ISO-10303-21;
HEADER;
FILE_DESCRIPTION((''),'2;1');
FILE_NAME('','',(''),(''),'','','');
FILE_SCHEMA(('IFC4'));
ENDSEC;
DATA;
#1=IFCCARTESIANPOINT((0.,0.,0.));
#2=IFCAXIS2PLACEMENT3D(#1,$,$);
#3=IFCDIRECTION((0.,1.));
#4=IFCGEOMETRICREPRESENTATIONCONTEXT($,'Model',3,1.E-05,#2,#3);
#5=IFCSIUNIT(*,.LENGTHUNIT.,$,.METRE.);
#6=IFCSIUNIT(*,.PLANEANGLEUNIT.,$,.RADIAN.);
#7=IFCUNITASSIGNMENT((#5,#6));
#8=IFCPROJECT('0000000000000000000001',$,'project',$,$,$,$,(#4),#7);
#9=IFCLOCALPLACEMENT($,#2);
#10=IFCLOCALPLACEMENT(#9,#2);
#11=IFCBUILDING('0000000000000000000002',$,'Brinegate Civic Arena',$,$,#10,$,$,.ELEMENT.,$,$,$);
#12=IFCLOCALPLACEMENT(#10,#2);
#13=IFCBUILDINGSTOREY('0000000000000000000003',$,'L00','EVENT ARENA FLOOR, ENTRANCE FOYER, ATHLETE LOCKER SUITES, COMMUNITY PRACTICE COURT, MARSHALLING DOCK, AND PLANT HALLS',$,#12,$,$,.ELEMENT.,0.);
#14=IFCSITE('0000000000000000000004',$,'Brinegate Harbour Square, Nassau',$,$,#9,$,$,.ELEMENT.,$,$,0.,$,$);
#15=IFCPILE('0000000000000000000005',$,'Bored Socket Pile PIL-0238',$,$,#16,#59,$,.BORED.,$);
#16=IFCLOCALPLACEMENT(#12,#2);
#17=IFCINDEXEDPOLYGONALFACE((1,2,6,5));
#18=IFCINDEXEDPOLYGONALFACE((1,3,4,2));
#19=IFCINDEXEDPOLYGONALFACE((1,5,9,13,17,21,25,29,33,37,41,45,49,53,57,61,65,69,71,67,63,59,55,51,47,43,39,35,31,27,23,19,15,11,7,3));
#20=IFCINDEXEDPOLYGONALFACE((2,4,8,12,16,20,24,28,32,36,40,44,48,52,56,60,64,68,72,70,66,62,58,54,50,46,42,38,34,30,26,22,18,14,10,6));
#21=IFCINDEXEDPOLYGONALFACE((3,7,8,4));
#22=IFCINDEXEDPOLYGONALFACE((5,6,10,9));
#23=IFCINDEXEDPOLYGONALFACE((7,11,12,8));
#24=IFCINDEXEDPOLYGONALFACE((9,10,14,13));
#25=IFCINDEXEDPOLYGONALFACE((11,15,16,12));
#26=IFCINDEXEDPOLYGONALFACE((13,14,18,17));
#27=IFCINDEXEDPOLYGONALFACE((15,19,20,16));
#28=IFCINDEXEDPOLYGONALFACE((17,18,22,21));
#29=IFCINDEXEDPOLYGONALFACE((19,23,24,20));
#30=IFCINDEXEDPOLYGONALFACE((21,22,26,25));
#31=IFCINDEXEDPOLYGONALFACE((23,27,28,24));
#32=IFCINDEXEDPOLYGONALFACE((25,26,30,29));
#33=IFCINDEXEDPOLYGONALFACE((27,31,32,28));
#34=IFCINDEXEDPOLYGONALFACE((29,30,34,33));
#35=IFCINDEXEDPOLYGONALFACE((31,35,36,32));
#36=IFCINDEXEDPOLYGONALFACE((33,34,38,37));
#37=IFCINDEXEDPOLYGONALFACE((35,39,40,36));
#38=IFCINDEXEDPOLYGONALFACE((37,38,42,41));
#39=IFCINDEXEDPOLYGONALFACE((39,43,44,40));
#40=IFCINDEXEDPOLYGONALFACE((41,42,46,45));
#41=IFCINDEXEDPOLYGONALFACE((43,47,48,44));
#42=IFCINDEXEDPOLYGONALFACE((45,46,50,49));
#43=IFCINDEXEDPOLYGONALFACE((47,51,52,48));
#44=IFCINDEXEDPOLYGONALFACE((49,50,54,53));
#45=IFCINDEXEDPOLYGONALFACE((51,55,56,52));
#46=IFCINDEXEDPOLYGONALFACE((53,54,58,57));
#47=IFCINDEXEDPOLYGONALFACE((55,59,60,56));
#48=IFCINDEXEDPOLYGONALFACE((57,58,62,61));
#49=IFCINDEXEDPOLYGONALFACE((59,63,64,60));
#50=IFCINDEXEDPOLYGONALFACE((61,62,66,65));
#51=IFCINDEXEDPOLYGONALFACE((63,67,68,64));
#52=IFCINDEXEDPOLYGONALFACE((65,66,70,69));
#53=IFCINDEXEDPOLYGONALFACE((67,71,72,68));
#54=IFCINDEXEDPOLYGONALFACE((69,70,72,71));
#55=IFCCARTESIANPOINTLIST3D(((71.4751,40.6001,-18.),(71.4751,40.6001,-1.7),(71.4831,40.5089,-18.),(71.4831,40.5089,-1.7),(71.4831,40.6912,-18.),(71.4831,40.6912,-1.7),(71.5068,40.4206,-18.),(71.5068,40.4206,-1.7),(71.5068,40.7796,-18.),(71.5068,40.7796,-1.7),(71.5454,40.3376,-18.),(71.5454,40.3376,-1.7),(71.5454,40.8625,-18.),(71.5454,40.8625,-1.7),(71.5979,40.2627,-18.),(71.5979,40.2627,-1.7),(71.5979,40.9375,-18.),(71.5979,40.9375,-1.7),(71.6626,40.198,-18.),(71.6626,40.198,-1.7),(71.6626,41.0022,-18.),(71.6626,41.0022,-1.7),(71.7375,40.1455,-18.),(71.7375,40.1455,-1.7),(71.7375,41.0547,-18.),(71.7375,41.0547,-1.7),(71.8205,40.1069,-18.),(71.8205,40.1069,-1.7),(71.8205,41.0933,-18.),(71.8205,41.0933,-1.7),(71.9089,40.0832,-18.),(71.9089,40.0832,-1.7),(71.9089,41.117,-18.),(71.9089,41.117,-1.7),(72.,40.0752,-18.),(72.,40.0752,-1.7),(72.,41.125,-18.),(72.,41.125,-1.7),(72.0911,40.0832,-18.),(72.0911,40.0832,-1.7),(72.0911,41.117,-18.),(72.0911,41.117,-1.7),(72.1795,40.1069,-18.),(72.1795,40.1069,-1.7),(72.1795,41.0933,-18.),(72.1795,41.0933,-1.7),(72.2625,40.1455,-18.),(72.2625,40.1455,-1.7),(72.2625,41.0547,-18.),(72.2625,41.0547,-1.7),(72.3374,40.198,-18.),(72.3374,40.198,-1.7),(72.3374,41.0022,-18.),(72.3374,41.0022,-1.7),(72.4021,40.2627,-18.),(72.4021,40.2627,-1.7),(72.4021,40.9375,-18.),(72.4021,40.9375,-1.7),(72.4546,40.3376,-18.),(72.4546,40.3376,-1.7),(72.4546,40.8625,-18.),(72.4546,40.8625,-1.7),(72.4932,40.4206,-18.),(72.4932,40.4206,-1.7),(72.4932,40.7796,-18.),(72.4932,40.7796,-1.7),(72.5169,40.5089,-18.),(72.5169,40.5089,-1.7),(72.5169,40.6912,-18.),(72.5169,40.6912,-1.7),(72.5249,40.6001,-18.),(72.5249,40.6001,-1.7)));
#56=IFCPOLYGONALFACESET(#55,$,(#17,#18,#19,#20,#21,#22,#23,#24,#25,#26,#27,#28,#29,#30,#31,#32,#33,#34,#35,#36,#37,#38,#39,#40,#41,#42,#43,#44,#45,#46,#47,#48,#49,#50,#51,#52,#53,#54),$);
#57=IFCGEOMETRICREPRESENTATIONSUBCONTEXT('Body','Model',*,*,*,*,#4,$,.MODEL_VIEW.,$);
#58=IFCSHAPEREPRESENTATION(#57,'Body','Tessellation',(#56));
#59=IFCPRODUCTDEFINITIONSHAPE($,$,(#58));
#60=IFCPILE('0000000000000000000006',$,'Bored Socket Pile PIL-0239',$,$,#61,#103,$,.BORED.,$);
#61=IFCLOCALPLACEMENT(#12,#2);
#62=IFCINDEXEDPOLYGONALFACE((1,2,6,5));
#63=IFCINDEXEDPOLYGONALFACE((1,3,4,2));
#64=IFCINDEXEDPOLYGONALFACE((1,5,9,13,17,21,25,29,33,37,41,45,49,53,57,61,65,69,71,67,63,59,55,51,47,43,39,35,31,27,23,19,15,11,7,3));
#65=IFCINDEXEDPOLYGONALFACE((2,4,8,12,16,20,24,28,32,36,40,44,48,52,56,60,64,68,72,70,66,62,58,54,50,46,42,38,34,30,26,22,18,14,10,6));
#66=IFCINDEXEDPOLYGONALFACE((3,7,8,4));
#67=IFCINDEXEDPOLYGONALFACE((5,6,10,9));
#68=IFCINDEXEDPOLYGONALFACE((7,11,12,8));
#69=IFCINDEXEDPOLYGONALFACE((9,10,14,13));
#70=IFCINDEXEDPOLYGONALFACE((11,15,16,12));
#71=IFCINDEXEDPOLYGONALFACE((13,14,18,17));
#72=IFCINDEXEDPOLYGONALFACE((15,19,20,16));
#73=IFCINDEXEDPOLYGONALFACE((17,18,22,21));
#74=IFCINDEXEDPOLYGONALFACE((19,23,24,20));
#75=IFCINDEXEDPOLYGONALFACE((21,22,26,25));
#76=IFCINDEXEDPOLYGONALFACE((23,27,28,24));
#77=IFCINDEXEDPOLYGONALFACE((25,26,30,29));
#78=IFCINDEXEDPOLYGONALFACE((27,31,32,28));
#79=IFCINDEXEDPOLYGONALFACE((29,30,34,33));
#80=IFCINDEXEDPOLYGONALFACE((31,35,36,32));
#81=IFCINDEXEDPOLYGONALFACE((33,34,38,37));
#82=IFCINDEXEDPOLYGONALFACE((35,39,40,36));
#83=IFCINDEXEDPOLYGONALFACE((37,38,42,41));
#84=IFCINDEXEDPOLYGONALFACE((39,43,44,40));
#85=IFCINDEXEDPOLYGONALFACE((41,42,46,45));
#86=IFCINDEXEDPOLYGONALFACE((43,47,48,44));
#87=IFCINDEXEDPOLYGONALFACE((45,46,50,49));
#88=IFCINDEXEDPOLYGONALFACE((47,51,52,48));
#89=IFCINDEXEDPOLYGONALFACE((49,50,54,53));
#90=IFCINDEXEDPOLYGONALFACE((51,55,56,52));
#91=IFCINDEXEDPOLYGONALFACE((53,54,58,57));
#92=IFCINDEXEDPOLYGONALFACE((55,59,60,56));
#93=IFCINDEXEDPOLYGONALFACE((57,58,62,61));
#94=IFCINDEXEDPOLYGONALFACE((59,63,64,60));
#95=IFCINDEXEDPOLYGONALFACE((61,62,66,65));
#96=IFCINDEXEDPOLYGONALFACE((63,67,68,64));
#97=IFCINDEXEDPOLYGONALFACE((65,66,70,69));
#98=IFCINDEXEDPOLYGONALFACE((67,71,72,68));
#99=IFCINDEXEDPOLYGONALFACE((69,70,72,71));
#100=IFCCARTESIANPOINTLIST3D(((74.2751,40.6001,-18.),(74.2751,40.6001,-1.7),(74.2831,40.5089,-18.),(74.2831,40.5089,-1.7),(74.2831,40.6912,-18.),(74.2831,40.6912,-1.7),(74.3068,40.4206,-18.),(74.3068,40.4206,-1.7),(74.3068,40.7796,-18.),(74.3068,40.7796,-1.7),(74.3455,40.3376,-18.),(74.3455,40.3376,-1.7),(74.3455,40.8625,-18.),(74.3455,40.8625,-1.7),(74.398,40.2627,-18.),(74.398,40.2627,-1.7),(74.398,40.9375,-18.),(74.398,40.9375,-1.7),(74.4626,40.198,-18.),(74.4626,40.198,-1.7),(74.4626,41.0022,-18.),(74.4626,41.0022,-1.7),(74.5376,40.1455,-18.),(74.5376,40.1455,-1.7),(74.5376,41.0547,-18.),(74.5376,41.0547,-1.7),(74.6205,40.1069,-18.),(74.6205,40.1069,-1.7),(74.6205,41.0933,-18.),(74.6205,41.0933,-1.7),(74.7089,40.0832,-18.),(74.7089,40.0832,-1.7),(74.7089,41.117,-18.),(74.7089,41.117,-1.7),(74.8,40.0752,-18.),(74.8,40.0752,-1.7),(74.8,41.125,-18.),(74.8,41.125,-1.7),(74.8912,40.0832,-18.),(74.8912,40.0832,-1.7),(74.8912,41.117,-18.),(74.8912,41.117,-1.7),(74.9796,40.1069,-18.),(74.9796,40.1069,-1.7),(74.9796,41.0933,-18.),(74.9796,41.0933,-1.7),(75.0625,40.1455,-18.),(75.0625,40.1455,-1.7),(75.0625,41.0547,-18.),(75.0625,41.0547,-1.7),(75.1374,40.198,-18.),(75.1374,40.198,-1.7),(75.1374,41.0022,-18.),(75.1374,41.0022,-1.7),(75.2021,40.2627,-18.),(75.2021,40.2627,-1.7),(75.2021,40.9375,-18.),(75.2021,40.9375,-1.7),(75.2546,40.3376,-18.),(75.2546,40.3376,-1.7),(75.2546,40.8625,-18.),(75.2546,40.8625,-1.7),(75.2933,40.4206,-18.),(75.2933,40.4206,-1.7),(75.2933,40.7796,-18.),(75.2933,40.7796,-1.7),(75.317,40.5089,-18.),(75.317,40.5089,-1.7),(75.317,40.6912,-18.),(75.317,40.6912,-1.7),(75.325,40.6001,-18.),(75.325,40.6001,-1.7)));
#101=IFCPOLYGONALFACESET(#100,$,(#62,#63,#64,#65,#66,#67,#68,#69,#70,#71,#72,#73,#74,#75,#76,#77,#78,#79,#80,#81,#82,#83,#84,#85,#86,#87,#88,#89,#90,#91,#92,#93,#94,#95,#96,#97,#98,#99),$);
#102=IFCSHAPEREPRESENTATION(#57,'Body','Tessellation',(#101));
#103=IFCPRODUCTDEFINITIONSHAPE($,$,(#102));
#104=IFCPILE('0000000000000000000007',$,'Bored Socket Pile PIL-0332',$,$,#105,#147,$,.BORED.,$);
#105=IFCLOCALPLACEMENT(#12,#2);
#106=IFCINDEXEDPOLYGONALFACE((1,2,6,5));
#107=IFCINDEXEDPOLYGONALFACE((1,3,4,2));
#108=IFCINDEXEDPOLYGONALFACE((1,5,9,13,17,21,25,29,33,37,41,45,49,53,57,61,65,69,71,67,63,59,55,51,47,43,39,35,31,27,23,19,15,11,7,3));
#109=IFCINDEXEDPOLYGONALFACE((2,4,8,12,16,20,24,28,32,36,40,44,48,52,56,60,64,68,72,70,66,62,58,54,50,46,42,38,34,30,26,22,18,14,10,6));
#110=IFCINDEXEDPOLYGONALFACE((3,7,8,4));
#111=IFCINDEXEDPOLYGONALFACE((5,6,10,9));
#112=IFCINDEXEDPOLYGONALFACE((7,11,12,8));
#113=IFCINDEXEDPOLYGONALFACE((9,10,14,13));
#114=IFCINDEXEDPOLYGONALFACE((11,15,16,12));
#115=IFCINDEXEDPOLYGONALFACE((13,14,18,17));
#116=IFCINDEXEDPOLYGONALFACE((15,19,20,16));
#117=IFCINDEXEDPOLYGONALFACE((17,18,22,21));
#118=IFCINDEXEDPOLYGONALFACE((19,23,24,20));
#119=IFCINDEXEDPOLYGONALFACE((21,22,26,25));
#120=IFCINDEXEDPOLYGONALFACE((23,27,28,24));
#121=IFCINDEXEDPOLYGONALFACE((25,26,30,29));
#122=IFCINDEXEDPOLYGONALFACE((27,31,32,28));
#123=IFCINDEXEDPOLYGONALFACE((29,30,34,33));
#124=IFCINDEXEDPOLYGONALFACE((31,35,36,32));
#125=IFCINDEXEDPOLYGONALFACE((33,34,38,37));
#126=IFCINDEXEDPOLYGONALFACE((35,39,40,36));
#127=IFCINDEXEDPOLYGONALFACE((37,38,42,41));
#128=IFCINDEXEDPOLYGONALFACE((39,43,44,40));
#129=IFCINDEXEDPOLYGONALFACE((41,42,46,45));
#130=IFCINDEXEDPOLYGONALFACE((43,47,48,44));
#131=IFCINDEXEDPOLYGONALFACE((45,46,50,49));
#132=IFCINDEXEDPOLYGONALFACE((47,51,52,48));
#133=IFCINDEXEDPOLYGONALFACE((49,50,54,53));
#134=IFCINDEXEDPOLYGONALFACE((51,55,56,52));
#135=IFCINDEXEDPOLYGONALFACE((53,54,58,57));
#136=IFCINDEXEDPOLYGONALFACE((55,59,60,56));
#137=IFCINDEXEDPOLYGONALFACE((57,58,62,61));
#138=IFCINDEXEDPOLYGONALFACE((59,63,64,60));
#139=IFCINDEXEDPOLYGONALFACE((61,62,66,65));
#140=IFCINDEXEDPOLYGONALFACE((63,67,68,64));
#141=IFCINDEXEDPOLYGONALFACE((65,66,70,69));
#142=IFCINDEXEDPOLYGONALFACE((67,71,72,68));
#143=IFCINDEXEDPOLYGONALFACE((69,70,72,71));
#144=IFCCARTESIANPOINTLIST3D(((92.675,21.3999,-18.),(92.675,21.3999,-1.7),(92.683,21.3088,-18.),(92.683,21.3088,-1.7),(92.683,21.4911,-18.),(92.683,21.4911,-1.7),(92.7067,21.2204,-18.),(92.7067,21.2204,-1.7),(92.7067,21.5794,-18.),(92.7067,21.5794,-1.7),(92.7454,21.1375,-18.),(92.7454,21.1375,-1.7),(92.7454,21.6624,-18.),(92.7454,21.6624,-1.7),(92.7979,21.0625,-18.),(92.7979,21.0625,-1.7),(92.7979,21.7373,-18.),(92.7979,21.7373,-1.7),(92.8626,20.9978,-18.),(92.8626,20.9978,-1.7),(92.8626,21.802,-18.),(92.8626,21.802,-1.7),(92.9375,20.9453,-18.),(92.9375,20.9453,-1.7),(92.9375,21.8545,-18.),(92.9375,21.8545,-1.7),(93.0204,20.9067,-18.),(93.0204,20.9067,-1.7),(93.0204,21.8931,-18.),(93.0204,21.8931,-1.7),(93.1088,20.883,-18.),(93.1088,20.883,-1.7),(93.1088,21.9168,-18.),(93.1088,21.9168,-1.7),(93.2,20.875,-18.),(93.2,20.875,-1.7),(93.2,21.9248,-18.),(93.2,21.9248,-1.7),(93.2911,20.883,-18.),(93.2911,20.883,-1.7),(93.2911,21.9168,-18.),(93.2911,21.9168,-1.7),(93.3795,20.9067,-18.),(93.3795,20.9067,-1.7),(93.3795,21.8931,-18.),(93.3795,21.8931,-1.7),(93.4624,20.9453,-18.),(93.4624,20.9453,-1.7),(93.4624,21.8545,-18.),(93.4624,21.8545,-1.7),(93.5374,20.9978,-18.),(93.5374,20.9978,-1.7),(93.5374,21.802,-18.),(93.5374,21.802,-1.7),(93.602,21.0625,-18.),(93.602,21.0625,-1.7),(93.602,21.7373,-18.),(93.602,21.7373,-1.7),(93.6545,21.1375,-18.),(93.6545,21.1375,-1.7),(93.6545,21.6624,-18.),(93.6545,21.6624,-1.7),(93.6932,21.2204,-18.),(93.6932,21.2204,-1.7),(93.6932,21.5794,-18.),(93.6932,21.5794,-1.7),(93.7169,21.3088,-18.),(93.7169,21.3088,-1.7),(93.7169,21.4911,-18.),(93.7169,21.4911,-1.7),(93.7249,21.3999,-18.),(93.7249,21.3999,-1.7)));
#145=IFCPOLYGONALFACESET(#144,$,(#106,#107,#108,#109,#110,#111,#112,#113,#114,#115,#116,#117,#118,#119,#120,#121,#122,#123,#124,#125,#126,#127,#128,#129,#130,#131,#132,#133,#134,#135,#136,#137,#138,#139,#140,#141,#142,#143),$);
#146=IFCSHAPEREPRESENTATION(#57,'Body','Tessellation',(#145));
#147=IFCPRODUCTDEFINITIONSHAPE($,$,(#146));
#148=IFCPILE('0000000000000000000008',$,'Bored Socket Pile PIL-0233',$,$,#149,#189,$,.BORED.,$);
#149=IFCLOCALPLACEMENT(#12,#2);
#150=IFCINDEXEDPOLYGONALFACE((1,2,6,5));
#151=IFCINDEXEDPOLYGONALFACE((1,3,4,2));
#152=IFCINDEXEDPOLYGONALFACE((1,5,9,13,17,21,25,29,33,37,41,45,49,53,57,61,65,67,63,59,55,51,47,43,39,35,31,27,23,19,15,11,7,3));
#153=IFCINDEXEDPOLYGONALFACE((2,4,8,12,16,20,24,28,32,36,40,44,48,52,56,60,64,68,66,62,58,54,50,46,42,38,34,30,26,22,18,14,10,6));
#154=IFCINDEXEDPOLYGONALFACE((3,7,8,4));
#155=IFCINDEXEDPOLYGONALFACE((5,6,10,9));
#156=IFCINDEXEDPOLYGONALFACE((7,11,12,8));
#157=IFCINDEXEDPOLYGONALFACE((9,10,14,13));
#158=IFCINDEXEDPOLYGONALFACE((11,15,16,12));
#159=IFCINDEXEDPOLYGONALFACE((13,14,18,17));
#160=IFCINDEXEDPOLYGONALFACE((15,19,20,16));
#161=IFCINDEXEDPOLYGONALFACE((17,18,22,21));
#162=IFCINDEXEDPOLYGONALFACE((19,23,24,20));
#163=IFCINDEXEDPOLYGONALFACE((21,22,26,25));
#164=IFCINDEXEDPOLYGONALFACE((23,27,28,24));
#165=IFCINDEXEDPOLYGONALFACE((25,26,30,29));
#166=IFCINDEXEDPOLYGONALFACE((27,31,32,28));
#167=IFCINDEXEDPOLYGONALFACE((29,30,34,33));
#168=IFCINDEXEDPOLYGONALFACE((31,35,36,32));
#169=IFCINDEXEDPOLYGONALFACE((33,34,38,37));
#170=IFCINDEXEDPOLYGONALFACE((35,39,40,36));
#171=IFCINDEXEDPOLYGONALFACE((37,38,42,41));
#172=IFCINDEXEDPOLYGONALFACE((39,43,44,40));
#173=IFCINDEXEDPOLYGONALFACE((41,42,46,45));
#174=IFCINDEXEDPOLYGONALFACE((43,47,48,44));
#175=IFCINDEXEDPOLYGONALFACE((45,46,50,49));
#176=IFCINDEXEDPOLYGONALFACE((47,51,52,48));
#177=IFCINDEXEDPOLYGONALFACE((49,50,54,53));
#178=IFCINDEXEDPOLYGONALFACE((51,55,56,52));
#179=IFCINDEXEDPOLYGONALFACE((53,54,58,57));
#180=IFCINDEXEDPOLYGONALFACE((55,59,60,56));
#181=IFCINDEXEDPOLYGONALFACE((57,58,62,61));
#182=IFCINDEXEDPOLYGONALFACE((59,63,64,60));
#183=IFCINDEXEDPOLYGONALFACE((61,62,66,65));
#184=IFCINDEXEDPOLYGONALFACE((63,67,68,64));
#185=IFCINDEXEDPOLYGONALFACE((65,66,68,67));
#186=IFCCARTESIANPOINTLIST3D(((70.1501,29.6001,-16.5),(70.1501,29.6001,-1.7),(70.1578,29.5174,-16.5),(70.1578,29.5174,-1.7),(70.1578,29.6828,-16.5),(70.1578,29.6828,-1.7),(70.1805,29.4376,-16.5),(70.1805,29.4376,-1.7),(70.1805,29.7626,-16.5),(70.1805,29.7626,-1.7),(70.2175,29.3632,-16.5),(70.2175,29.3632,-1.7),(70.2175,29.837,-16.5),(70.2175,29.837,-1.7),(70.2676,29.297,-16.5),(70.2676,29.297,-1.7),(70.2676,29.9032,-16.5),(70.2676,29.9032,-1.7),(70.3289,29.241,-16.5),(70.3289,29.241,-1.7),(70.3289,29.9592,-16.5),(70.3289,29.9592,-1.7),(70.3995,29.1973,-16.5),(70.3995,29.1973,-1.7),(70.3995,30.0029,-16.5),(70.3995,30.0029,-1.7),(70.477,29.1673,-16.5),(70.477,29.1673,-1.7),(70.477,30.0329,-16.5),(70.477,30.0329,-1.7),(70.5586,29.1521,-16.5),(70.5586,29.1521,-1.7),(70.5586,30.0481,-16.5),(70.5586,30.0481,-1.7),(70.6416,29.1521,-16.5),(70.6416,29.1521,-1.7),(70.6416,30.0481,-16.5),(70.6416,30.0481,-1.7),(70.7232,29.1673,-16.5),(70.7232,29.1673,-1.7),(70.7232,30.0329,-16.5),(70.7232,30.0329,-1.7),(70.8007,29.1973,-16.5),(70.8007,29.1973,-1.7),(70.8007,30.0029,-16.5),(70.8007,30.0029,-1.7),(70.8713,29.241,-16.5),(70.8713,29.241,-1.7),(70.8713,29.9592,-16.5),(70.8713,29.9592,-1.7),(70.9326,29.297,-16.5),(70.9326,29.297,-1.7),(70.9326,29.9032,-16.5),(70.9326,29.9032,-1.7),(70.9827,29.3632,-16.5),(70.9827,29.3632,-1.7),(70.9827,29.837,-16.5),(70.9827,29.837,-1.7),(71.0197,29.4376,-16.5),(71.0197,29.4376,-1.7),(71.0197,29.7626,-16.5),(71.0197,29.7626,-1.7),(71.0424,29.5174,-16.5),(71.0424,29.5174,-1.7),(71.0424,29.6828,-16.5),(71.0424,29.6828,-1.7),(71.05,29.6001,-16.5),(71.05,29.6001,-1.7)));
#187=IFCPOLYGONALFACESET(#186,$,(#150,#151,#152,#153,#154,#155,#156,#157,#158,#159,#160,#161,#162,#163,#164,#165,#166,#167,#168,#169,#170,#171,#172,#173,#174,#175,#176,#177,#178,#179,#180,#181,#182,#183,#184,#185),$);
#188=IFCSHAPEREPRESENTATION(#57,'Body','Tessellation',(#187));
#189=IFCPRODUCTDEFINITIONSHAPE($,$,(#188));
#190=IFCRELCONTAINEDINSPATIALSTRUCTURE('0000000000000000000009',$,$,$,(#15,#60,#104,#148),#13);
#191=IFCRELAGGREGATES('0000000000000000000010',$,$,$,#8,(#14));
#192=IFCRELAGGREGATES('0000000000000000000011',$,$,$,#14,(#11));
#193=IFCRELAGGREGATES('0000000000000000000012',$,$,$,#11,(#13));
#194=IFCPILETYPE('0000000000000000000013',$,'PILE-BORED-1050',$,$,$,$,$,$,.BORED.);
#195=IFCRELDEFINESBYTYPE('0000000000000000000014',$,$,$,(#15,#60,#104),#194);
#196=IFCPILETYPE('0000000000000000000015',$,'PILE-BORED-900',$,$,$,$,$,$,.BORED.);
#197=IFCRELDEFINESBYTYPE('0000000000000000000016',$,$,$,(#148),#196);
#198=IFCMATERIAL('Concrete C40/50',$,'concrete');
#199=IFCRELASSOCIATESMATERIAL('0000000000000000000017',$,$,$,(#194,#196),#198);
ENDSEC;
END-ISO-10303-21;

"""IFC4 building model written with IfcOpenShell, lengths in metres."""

from ifc_helpers import new_model, si_unit, direction, frame, origin, origin_2d, place, context, subcontext, project, spatial, circle, extrude, material, material_profile, profile_set, type_object, element, save


model = new_model("IFC4")

# Units and contexts
model_context = context("Model", 3, precision=1e-05, world=origin(), true_north=direction((0.0, 1.0)))
body_context = subcontext(model_context, "Body", "Model", "MODEL_VIEW")
ifc_project = project(units=[si_unit("LENGTHUNIT", "METRE"), si_unit("PLANEANGLEUNIT", "RADIAN")], contexts=[model_context])

# Site, building, storey
site_placement = place(None, origin())
site = spatial("IfcSite", under=ifc_project, at=site_placement, Name="Brinegate Harbour Square, Nassau", CompositionType="ELEMENT", RefElevation=0.0)
building_placement = place(site_placement, origin())
building = spatial("IfcBuilding", under=site, at=building_placement, Name="Brinegate Civic Arena", CompositionType="ELEMENT")
storey_placement = place(building_placement, origin())
storey = spatial("IfcBuildingStorey", under=building, at=storey_placement, Name="L00", Description="EVENT ARENA FLOOR, ENTRANCE FOYER, ATHLETE LOCKER SUITES, COMMUNITY PRACTICE COURT, MARSHALLING DOCK, AND PLANT HALLS", CompositionType="ELEMENT", Elevation=0.0)

# Shared definitions
ifc_material_1 = material(Name="Concrete C40/50", Category="concrete")

# Piles
ifc_material_profile_1 = material_profile(ifc_material_1, circle(Radius=0.5249, at=origin_2d()), Name="PILED1050")
ifc_profile_set_1 = profile_set([ifc_material_profile_1], Name="Concrete C40/50")
pile_type_1 = type_object("IfcPileType", Name="PILE-BORED-1050", PredefinedType="BORED", material=ifc_profile_set_1)
for number, where, z_axis, x_axis, name in (
    (1, (72.0, 40.6001, -1.7), (0.0, 0.0, -1.0), (1.0, 0.0, 0.0), "Bored Socket Pile PIL-0238"),
    (2, (74.8, 40.6001, -1.7), (0.0, 0.0, -1.0), (1.0, 0.0, 0.0), "Bored Socket Pile PIL-0239"),
    (3, (93.2, 21.3999, -1.7), (0.0, 0.0, -1.0), (1.0, 0.0, 0.0), "Bored Socket Pile PIL-0332"),
):
    element("IfcPile", number, at=place(storey_placement, frame(where, z_axis=z_axis, x_axis=x_axis)), inside=storey, type_object=pile_type_1, Name=name, PredefinedType="BORED", context=body_context, shape_type="SweptSolid", body=[
        extrude(circle(Radius=0.5249, at=origin_2d()), origin(), (0.0, 0.0, 1.0), 16.3),
    ])
ifc_material_profile_2 = material_profile(ifc_material_1, circle(Radius=0.45, at=origin_2d()), Name="PILED900")
ifc_profile_set_2 = profile_set([ifc_material_profile_2], Name="Concrete C40/50")
pile_type_2 = type_object("IfcPileType", Name="PILE-BORED-900", PredefinedType="BORED", material=ifc_profile_set_2)
for number, where, z_axis, x_axis, name in (
    (4, (70.6001, 29.6001, -1.7), (0.0, 0.0, -1.0), (1.0, 0.0, 0.0), "Bored Socket Pile PIL-0233"),
):
    element("IfcPile", number, at=place(storey_placement, frame(where, z_axis=z_axis, x_axis=x_axis)), inside=storey, type_object=pile_type_2, Name=name, PredefinedType="BORED", context=body_context, shape_type="SweptSolid", body=[
        extrude(circle(Radius=0.45, at=origin_2d()), origin(), (0.0, 0.0, 1.0), 14.8),
    ])

save(model, "model.ifc")
